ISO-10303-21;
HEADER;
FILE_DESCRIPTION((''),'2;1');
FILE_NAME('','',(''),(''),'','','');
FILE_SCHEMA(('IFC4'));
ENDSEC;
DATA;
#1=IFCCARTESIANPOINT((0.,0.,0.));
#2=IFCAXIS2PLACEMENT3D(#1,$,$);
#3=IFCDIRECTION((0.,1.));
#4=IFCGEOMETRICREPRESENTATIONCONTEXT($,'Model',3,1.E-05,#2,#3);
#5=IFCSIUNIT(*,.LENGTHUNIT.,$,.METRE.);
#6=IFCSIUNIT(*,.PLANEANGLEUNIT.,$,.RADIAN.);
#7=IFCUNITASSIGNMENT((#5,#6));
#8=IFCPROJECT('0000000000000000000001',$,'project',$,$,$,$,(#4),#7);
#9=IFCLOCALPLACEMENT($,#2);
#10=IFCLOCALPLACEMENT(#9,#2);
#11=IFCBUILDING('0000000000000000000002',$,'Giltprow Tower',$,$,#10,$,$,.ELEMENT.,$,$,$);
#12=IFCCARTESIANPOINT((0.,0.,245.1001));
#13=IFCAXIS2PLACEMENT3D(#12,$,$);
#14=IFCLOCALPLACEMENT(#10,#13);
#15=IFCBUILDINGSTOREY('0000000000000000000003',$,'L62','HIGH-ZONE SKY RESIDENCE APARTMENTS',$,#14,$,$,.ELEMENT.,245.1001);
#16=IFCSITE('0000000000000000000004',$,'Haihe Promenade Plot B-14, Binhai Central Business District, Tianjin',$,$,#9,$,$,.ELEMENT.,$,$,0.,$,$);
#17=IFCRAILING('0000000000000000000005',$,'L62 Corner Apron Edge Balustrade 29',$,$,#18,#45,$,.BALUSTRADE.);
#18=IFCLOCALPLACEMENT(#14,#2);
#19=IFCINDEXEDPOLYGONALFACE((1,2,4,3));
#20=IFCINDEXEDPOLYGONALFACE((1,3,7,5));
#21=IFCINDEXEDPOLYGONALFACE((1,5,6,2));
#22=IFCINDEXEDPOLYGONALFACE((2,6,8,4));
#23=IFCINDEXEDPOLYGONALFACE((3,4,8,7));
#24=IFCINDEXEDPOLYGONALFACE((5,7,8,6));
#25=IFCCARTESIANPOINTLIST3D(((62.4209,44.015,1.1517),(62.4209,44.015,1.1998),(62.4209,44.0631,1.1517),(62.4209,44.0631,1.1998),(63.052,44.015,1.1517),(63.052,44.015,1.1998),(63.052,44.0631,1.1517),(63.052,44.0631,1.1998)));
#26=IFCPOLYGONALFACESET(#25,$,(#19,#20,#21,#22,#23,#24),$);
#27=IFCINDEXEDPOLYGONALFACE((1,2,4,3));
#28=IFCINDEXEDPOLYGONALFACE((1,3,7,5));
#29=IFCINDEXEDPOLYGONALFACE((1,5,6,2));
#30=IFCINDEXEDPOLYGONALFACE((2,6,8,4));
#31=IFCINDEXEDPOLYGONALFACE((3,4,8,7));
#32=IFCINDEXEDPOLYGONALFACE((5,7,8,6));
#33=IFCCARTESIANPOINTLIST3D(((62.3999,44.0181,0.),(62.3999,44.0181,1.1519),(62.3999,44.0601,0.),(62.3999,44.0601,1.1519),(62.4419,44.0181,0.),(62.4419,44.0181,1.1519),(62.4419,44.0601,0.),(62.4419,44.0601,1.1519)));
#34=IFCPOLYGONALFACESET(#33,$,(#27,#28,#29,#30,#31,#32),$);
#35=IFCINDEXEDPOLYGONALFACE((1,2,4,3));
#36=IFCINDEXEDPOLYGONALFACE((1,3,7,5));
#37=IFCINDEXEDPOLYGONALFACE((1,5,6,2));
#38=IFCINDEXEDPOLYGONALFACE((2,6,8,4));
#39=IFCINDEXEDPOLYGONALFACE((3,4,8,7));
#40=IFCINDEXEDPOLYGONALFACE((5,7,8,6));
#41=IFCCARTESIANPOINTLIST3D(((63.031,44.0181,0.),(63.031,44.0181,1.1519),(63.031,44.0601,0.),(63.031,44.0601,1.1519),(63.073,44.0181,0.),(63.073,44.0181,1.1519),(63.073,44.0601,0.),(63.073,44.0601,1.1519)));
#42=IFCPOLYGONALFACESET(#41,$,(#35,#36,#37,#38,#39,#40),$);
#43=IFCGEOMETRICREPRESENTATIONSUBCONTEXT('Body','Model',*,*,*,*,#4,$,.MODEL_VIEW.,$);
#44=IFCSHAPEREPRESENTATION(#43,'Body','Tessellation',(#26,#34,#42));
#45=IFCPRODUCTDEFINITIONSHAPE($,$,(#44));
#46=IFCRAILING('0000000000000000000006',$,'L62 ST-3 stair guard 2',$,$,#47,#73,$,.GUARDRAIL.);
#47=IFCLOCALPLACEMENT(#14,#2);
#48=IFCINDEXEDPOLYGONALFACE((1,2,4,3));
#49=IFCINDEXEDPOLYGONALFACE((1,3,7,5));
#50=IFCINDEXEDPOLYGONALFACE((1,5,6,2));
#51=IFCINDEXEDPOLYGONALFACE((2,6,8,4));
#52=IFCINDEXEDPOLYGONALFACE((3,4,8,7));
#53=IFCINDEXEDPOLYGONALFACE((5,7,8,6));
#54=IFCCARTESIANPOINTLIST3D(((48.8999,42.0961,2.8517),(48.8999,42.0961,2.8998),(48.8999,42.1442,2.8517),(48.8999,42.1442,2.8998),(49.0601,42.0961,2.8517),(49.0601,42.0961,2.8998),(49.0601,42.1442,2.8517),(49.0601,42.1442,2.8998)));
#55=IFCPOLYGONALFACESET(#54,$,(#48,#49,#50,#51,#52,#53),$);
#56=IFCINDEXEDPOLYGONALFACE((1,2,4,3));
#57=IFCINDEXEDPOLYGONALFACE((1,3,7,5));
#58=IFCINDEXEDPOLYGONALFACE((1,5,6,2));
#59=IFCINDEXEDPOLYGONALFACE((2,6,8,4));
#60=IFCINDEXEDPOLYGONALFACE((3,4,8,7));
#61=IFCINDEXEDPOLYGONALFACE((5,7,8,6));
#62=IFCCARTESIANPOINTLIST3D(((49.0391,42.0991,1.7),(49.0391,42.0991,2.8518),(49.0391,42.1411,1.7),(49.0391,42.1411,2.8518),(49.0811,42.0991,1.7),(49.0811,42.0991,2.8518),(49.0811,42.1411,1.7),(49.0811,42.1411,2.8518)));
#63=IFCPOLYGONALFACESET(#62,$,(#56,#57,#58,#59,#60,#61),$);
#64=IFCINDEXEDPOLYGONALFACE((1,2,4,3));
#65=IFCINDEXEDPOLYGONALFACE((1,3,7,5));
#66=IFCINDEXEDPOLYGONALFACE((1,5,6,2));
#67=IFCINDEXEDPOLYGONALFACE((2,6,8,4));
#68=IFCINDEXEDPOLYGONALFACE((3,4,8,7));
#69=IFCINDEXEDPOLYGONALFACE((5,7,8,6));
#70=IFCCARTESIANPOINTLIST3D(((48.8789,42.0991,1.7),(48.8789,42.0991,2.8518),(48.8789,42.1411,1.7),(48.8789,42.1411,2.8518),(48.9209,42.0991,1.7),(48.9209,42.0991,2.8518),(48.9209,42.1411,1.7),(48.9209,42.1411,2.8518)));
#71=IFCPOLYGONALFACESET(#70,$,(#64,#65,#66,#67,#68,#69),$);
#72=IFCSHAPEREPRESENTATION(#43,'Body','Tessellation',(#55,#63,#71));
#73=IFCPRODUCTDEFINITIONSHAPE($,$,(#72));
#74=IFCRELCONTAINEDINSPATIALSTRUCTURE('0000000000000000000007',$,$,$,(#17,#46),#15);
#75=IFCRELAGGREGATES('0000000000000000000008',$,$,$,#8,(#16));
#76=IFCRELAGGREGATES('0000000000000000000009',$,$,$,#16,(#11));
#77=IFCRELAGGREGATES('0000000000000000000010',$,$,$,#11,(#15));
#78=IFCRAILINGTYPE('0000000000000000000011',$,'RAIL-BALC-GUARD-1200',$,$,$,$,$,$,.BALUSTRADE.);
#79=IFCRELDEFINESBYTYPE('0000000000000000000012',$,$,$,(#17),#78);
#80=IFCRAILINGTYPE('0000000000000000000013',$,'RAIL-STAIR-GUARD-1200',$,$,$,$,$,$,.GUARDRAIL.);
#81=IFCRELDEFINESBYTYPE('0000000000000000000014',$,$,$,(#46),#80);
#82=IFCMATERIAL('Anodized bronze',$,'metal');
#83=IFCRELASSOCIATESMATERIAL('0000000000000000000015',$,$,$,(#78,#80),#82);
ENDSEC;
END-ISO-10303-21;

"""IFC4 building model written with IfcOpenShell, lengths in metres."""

from ifc_helpers import new_model, si_unit, direction, frame, origin, origin_2d, place, context, subcontext, project, spatial, rectangle, extrude, material, type_object, element, save


model = new_model("IFC4")

# Units and contexts
model_context = context("Model", 3, precision=1e-05, world=origin(), true_north=direction((0.0, 1.0)))
body_context = subcontext(model_context, "Body", "Model", "MODEL_VIEW")
ifc_project = project(units=[si_unit("LENGTHUNIT", "METRE"), si_unit("PLANEANGLEUNIT", "RADIAN")], contexts=[model_context])

# Site, building, storey
site_placement = place(None, origin())
site = spatial("IfcSite", under=ifc_project, at=site_placement, Name="Haihe Promenade Plot B-14, Binhai Central Business District, Tianjin", CompositionType="ELEMENT", RefElevation=0.0)
building_placement = place(site_placement, origin())
building = spatial("IfcBuilding", under=site, at=building_placement, Name="Giltprow Tower", CompositionType="ELEMENT")
storey_placement = place(building_placement, frame((0.0, 0.0, 245.1001)))
storey = spatial("IfcBuildingStorey", under=building, at=storey_placement, Name="L62", Description="HIGH-ZONE SKY RESIDENCE APARTMENTS", CompositionType="ELEMENT", Elevation=245.1001)

# Railings
ifc_material_1 = material(Name="Anodized bronze", Category="metal")
railing_type_1 = type_object("IfcRailingType", Name="RAIL-BALC-GUARD-1200", PredefinedType="BALUSTRADE", material=ifc_material_1)
railing_1_placement = place(storey_placement, frame((62.4209, 44.0391, 0.0)))
element("IfcRailing", 1, at=railing_1_placement, inside=storey, type_object=railing_type_1, Name="L62 Corner Apron Edge Balustrade 29", PredefinedType="BALUSTRADE", context=body_context, shape_type="SweptSolid", body=[
    extrude(rectangle(XDim=0.0481, YDim=0.0481, at=origin_2d()), frame((0.0, 0.0, 1.1758), z_axis=(1.0, 0.0, 0.0), x_axis=(0.0, 1.0, 0.0)), (0.0, 0.0, 1.0), 0.6311),
    extrude(rectangle(XDim=0.042, YDim=0.042, at=origin_2d()), origin(), (0.0, 0.0, 1.0), 1.1519),
    extrude(rectangle(XDim=0.042, YDim=0.042, at=origin_2d()), frame((0.6311, 0.0, 0.0)), (0.0, 0.0, 1.0), 1.1519),
])
railing_type_2 = type_object("IfcRailingType", Name="RAIL-STAIR-GUARD-1200", PredefinedType="GUARDRAIL", material=ifc_material_1)
railing_2_placement = place(storey_placement, frame((49.0601, 42.1201, 1.7)))
element("IfcRailing", 2, at=railing_2_placement, inside=storey, type_object=railing_type_2, Name="L62 ST-3 stair guard 2", PredefinedType="GUARDRAIL", context=body_context, shape_type="SweptSolid", body=[
    extrude(rectangle(XDim=0.0481, YDim=0.0481, at=origin_2d()), frame((0.0, 0.0, 1.1758), z_axis=(-1.0, 0.0, 0.0), x_axis=(0.0, -1.0, 0.0)), (0.0, 0.0, 1.0), 0.1602),
    extrude(rectangle(XDim=0.042, YDim=0.042, at=origin_2d()), origin(), (0.0, 0.0, 1.0), 1.1519),
    extrude(rectangle(XDim=0.042, YDim=0.042, at=origin_2d()), frame((-0.1602, 0.0, 0.0)), (0.0, 0.0, 1.0), 1.1519),
])

save(model, "model.ifc")
